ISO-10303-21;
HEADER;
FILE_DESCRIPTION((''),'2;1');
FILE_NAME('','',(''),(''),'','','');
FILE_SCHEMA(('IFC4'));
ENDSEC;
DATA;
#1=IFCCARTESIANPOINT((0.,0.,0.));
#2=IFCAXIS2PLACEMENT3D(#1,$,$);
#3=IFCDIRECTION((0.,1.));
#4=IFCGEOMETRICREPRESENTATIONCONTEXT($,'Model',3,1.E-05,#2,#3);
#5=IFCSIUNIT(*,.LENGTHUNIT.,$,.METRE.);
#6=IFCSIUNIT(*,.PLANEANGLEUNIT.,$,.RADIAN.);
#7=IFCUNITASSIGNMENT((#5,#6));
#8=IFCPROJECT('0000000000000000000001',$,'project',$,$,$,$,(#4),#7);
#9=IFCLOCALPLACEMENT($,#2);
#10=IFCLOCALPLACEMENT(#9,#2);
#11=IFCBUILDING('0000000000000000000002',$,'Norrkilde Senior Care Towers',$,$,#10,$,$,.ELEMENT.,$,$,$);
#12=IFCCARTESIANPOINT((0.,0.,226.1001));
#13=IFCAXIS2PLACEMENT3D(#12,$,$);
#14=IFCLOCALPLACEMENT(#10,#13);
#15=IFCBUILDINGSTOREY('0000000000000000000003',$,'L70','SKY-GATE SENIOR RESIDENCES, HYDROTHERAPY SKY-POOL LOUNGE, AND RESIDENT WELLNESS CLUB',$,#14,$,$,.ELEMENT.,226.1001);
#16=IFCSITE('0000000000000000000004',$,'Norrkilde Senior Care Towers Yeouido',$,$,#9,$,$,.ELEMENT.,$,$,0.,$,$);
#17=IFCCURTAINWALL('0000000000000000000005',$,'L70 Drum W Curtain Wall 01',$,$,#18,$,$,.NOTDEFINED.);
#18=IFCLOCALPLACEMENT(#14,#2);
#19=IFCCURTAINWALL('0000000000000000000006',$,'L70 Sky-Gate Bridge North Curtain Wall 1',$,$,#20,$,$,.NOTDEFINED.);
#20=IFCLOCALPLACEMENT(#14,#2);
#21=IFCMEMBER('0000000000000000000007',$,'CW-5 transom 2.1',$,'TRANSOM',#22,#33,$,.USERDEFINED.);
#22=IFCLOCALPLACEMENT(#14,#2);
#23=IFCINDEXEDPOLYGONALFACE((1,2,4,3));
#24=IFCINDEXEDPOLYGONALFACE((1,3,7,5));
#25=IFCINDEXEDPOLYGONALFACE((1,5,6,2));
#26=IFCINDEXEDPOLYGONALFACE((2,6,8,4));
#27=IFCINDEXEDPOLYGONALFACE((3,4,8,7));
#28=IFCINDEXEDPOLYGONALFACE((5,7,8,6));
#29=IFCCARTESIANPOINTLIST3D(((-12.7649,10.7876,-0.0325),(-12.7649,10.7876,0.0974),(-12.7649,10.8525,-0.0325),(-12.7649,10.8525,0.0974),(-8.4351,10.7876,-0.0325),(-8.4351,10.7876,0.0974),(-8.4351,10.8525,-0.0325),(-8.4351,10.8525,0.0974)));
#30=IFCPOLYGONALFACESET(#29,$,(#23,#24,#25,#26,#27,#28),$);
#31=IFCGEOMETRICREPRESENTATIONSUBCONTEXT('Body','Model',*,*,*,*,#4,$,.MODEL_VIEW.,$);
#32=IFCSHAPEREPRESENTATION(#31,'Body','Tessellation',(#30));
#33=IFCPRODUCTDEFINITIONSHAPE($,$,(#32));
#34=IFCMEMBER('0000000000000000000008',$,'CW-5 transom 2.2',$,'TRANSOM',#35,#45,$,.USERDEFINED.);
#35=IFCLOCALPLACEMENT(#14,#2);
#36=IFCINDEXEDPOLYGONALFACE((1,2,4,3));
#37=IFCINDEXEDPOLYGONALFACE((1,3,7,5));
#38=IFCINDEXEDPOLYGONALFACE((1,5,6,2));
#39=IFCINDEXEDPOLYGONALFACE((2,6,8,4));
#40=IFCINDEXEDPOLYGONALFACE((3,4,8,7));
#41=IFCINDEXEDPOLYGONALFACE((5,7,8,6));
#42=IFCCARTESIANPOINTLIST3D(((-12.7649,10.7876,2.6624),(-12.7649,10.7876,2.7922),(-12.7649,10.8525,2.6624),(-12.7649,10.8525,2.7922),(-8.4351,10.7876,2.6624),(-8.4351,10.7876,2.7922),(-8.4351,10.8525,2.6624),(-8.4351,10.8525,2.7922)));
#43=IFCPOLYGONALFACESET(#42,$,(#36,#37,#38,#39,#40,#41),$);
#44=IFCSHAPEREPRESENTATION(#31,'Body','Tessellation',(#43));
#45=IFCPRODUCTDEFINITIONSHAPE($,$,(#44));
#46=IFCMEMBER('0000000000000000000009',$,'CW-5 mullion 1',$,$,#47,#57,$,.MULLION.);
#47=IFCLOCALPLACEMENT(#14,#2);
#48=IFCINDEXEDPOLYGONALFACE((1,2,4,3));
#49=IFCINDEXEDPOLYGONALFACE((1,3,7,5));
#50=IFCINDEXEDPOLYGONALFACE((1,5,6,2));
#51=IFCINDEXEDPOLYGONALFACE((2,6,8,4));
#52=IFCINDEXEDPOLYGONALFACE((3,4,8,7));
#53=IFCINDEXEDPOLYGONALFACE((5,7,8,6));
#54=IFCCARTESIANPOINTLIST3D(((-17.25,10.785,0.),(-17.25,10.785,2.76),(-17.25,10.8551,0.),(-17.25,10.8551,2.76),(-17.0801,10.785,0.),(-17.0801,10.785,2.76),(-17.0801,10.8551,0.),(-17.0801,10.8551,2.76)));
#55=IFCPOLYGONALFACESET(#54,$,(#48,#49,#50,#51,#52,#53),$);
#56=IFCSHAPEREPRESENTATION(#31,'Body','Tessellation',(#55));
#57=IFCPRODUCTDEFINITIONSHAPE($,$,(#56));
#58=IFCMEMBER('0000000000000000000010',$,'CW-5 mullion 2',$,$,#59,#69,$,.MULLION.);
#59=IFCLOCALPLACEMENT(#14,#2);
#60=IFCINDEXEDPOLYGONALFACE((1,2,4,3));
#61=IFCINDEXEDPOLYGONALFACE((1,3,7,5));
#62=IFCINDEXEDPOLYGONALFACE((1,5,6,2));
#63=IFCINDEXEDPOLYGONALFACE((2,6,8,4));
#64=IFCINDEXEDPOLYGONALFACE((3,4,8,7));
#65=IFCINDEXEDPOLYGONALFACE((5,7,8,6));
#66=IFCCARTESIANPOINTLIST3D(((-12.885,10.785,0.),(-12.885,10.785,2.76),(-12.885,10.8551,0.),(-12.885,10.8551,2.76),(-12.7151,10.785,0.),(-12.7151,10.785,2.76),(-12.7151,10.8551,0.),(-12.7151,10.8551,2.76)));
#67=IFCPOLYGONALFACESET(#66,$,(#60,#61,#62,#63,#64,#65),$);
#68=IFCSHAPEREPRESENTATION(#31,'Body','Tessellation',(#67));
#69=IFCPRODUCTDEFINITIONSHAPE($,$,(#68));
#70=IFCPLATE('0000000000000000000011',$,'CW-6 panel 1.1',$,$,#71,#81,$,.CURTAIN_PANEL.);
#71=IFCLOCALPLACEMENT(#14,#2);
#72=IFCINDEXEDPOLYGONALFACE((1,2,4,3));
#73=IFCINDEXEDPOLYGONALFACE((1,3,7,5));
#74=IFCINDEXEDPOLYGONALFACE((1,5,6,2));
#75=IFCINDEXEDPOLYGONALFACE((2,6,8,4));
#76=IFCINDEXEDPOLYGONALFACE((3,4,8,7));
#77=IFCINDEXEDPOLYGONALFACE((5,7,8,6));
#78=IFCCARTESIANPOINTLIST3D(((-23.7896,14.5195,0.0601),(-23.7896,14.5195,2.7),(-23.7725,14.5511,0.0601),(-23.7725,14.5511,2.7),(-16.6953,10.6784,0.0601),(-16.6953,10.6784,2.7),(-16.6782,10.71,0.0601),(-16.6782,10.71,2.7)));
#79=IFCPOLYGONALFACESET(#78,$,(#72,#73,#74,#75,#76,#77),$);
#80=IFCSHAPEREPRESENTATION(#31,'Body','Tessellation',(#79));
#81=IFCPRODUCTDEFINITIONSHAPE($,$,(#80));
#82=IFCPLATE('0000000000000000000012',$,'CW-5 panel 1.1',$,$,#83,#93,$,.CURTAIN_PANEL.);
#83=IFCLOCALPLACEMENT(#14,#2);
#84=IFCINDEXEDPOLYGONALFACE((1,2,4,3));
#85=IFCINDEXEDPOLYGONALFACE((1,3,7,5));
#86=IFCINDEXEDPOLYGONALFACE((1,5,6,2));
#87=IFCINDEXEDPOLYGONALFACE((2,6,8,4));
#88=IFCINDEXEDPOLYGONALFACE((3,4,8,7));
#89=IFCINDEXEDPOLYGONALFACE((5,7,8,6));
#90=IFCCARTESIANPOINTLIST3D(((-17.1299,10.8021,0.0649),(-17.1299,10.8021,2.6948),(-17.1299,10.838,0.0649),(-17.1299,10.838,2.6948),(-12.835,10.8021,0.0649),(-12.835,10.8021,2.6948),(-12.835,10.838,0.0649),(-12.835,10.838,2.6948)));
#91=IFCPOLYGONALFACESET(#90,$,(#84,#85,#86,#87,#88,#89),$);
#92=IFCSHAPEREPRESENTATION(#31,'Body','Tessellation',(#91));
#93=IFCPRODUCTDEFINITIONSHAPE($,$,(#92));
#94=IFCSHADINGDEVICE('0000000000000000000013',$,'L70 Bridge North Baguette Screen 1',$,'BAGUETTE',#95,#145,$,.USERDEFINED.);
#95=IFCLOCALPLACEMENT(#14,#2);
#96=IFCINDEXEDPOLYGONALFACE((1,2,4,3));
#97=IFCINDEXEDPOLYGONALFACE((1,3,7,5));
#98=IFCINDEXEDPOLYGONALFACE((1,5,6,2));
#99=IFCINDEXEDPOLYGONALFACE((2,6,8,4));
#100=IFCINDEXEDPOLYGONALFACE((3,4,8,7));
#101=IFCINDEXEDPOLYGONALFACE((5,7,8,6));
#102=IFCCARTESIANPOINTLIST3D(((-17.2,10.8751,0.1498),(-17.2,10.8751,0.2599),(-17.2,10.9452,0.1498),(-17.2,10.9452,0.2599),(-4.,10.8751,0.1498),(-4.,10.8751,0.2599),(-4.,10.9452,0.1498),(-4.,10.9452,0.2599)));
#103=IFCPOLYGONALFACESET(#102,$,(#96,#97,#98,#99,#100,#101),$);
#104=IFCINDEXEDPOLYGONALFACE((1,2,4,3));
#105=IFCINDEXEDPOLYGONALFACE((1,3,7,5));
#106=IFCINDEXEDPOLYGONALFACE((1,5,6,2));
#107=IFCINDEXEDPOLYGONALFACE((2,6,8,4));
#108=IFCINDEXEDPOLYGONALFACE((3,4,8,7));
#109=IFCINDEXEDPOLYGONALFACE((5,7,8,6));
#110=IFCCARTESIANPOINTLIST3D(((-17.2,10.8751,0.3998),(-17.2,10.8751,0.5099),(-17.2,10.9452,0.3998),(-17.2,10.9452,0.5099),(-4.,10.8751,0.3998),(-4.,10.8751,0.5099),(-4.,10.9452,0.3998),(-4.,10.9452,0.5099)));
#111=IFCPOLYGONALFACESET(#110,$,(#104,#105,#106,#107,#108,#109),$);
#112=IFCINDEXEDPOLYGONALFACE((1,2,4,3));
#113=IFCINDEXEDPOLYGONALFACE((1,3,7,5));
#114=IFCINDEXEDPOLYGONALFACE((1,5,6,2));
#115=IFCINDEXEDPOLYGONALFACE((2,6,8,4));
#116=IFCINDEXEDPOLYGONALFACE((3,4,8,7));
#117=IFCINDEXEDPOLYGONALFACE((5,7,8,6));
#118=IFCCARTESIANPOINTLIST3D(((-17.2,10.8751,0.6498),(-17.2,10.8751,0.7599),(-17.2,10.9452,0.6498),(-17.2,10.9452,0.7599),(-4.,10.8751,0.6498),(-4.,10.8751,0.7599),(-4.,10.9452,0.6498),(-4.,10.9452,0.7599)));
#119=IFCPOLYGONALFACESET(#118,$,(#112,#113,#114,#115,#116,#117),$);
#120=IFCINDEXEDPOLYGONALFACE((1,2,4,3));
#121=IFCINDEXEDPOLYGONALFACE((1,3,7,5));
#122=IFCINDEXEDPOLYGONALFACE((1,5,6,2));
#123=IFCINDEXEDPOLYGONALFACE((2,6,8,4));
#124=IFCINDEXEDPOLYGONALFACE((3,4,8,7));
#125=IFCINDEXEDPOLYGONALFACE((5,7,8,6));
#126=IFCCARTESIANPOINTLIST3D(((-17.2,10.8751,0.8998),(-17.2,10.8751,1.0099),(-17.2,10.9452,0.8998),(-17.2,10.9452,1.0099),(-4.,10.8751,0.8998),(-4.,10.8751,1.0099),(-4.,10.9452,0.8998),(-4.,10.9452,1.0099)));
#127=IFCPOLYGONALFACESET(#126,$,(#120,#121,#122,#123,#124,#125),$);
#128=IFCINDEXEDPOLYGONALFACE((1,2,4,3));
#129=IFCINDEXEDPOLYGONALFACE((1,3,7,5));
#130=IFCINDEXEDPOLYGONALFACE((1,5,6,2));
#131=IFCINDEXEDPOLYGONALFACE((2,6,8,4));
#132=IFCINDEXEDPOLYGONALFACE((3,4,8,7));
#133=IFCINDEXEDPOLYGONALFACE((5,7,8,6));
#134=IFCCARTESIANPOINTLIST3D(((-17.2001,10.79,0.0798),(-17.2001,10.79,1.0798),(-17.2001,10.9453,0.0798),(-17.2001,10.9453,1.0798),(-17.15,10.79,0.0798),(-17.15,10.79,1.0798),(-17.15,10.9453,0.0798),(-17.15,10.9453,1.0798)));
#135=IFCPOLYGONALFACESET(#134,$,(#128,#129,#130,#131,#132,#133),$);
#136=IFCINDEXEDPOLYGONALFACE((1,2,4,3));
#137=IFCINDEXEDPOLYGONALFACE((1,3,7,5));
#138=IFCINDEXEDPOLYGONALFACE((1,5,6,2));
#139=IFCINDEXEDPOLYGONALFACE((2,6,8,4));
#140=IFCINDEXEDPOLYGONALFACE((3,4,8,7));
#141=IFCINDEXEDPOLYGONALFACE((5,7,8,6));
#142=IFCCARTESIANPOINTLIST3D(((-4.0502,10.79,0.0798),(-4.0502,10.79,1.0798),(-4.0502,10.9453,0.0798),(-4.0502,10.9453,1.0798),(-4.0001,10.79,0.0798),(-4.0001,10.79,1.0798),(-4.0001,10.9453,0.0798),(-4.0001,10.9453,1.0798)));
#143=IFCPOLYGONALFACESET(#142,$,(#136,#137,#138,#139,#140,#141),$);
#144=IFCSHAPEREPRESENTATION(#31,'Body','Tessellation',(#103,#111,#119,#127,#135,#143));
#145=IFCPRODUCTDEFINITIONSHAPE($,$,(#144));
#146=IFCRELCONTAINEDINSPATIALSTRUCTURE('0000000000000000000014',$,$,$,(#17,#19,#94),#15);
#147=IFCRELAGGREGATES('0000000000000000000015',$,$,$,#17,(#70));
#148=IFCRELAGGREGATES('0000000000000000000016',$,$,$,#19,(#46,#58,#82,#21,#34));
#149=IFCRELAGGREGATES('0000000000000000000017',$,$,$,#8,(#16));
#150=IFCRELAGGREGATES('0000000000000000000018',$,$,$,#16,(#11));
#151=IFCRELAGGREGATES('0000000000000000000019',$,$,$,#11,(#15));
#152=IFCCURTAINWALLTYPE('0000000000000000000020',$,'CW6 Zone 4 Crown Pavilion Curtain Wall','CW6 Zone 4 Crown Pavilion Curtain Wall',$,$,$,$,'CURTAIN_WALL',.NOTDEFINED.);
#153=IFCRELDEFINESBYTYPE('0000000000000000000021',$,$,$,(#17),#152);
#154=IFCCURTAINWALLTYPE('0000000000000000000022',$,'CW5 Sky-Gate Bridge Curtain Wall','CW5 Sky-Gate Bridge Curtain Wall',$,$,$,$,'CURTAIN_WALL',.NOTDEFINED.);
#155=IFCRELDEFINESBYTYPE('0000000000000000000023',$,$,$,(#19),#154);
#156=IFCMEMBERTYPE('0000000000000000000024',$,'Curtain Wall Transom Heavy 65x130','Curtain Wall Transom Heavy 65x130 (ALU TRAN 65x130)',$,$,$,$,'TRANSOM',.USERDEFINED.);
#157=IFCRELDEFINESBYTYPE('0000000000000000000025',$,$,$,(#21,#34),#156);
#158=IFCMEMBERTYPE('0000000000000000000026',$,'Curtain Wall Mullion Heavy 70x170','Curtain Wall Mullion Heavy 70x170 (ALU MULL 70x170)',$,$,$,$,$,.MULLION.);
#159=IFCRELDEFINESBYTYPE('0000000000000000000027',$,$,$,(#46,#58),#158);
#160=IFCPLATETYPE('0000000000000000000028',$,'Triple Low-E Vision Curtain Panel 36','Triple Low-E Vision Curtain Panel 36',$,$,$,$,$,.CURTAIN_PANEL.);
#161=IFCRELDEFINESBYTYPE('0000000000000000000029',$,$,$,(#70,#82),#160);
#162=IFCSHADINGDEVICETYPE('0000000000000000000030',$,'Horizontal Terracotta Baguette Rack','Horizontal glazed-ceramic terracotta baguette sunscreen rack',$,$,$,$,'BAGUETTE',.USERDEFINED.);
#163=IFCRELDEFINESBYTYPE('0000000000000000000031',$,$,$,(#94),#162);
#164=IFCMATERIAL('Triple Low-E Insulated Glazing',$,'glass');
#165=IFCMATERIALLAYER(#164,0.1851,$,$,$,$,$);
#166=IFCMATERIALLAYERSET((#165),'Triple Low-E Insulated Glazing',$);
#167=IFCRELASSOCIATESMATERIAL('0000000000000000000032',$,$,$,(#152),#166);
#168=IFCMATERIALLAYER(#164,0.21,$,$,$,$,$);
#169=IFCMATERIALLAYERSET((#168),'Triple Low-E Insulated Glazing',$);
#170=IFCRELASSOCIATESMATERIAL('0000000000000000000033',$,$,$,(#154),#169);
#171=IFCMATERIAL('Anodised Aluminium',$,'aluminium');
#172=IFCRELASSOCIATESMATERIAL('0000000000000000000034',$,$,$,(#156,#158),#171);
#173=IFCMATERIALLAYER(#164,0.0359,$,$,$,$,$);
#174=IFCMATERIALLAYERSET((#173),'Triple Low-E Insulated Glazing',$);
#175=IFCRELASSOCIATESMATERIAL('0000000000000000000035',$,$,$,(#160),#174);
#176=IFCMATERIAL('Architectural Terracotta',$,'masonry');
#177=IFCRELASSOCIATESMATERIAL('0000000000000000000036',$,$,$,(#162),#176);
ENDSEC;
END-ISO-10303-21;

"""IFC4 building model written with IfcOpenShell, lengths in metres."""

from ifc_helpers import new_model, si_unit, direction, frame, origin, origin_2d, place, context, subcontext, project, spatial, rectangle, extrude, source, transform, mapped, material, layer, layer_set, material_profile, profile_set, type_object, type_shapes, element, aggregate, save


model = new_model("IFC4")

# Units and contexts
model_context = context("Model", 3, precision=1e-05, world=origin(), true_north=direction((0.0, 1.0)))
body_context = subcontext(model_context, "Body", "Model", "MODEL_VIEW")
ifc_project = project(units=[si_unit("LENGTHUNIT", "METRE"), si_unit("PLANEANGLEUNIT", "RADIAN")], contexts=[model_context])

# Site, building, storey
site_placement = place(None, origin())
site = spatial("IfcSite", under=ifc_project, at=site_placement, Name="Norrkilde Senior Care Towers Yeouido", CompositionType="ELEMENT", RefElevation=0.0)
building_placement = place(site_placement, origin())
building = spatial("IfcBuilding", under=site, at=building_placement, Name="Norrkilde Senior Care Towers", CompositionType="ELEMENT")
storey_placement = place(building_placement, frame((0.0, 0.0, 226.1001)))
storey = spatial("IfcBuildingStorey", under=building, at=storey_placement, Name="L70", Description="SKY-GATE SENIOR RESIDENCES, HYDROTHERAPY SKY-POOL LOUNGE, AND RESIDENT WELLNESS CLUB", CompositionType="ELEMENT", Elevation=226.1001)

# Curtain walls, members
ifc_material_1 = material(Name="Triple Low-E Insulated Glazing", Category="glass")
ifc_layer_1 = layer(ifc_material_1, 0.1851)
ifc_layer_set_1 = layer_set([ifc_layer_1], Name="Triple Low-E Insulated Glazing")
curtain_wall_type_1 = type_object("IfcCurtainWallType", Name="CW6 Zone 4 Crown Pavilion Curtain Wall", Description="CW6 Zone 4 Crown Pavilion Curtain Wall", ElementType="CURTAIN_WALL", PredefinedType="NOTDEFINED", material=ifc_layer_set_1)
curtain_wall_1_placement = place(storey_placement, origin())
curtain_wall_1 = element("IfcCurtainWall", 1, at=curtain_wall_1_placement, inside=storey, type_object=curtain_wall_type_1, Name="L70 Drum W Curtain Wall 01", PredefinedType="NOTDEFINED")
ifc_material_2 = material(Name="Anodised Aluminium", Category="aluminium")
ifc_layer_2 = layer(ifc_material_1, 0.21)
ifc_layer_set_2 = layer_set([ifc_layer_2], Name="Triple Low-E Insulated Glazing")
curtain_wall_type_2 = type_object("IfcCurtainWallType", Name="CW5 Sky-Gate Bridge Curtain Wall", Description="CW5 Sky-Gate Bridge Curtain Wall", ElementType="CURTAIN_WALL", PredefinedType="NOTDEFINED", material=ifc_layer_set_2)
curtain_wall_2_placement = place(storey_placement, origin())
curtain_wall_2 = element("IfcCurtainWall", 2, at=curtain_wall_2_placement, inside=storey, type_object=curtain_wall_type_2, Name="L70 Sky-Gate Bridge North Curtain Wall 1", PredefinedType="NOTDEFINED")
ifc_material_profile_1 = material_profile(ifc_material_2, rectangle(XDim=0.0649, YDim=0.1299, at=origin_2d()), Name="ALU TRAN 65x130")
ifc_profile_set_1 = profile_set([ifc_material_profile_1], Name="Anodised Aluminium")
member_type_1 = type_object("IfcMemberType", Name="Curtain Wall Transom Heavy 65x130", Description="Curtain Wall Transom Heavy 65x130 (ALU TRAN 65x130)", ElementType="TRANSOM", PredefinedType="USERDEFINED", material=ifc_profile_set_1)
shared_shape_1 = source(origin(), body_context, "Body", "SweptSolid", [
    extrude(rectangle(XDim=0.0649, YDim=0.1299, at=origin_2d()), origin(), (0.0, 0.0, 1.0), 4.3298),
])
member_1_placement = place(storey_placement, frame((-12.7649, 10.8201, 0.0325), z_axis=(1.0, 0.0, 0.0), x_axis=(0.0, 1.0, 0.0)))
member_1 = element("IfcMember", 3, at=member_1_placement, type_object=member_type_1, Name="CW-5 transom 2.1", ObjectType="TRANSOM", PredefinedType="USERDEFINED", context=body_context, shape_type="MappedRepresentation", body=[
    mapped(shared_shape_1, transform((0.0, 0.0, 0.0), x_axis=(1.0, 0.0, 0.0), y_axis=(0.0, 1.0, 0.0), z_axis=(0.0, 0.0, 1.0), scale=1.0)),
])
member_2_placement = place(storey_placement, frame((-12.7649, 10.8201, 2.7273), z_axis=(1.0, 0.0, 0.0), x_axis=(0.0, 1.0, 0.0)))
member_2 = element("IfcMember", 4, at=member_2_placement, type_object=member_type_1, Name="CW-5 transom 2.2", ObjectType="TRANSOM", PredefinedType="USERDEFINED", context=body_context, shape_type="MappedRepresentation", body=[
    mapped(shared_shape_1, transform((0.0, 0.0, 0.0), x_axis=(1.0, 0.0, 0.0), y_axis=(0.0, 1.0, 0.0), z_axis=(0.0, 0.0, 1.0), scale=1.0)),
])
ifc_material_profile_2 = material_profile(ifc_material_2, rectangle(XDim=0.0701, YDim=0.1699, at=origin_2d()), Name="ALU MULL 70x170")
ifc_profile_set_2 = profile_set([ifc_material_profile_2], Name="Anodised Aluminium")
member_type_2 = type_object("IfcMemberType", Name="Curtain Wall Mullion Heavy 70x170", Description="Curtain Wall Mullion Heavy 70x170 (ALU MULL 70x170)", PredefinedType="MULLION", material=ifc_profile_set_2)
shared_shape_2 = source(origin(), body_context, "Body", "SweptSolid", [
    extrude(rectangle(XDim=0.0701, YDim=0.1699, at=origin_2d()), origin(), (0.0, 0.0, 1.0), 2.76),
])
type_shapes(member_type_2, [shared_shape_2])
member_3_placement = place(storey_placement, frame((-17.165, 10.8201, 0.0), z_axis=(0.0, 0.0, 1.0), x_axis=(0.0, 1.0, 0.0)))
member_3 = element("IfcMember", 5, at=member_3_placement, type_object=member_type_2, Name="CW-5 mullion 1", PredefinedType="MULLION", context=body_context, shape_type="MappedRepresentation", body=[
    mapped(shared_shape_2, transform((0.0, 0.0, 0.0), x_axis=(1.0, 0.0, 0.0), y_axis=(0.0, 1.0, 0.0), z_axis=(0.0, 0.0, 1.0), scale=1.0)),
])
member_4_placement = place(storey_placement, frame((-12.8, 10.8201, 0.0), z_axis=(0.0, 0.0, 1.0), x_axis=(0.0, 1.0, 0.0)))
member_4 = element("IfcMember", 6, at=member_4_placement, type_object=member_type_2, Name="CW-5 mullion 2", PredefinedType="MULLION", context=body_context, shape_type="MappedRepresentation", body=[
    mapped(shared_shape_2, transform((0.0, 0.0, 0.0), x_axis=(1.0, 0.0, 0.0), y_axis=(0.0, 1.0, 0.0), z_axis=(0.0, 0.0, 1.0), scale=1.0)),
])

# Plates
ifc_layer_3 = layer(ifc_material_1, 0.0359)
ifc_layer_set_3 = layer_set([ifc_layer_3], Name="Triple Low-E Insulated Glazing")
plate_type = type_object("IfcPlateType", Name="Triple Low-E Vision Curtain Panel 36", Description="Triple Low-E Vision Curtain Panel 36", PredefinedType="CURTAIN_PANEL", material=ifc_layer_set_3)
shared_shape_3 = source(origin(), body_context, "Body", "SweptSolid", [
    extrude(rectangle(XDim=8.0674, YDim=0.0359, at=origin_2d()), origin(), (0.0, 0.0, 1.0), 2.6399),
])
plate_1_placement = place(storey_placement, frame((-20.2339, 12.6147, 0.0601), z_axis=(0.0, 0.0, 1.0), x_axis=(0.879373, -0.476133, 0.0)))
plate_1 = element("IfcPlate", 7, at=plate_1_placement, type_object=plate_type, Name="CW-6 panel 1.1", PredefinedType="CURTAIN_PANEL", context=body_context, shape_type="MappedRepresentation", body=[
    mapped(shared_shape_3, transform((0.0, 0.0, 0.0), x_axis=(1.0, 0.0, 0.0), y_axis=(0.0, 1.0, 0.0), z_axis=(0.0, 0.0, 1.0), scale=1.0)),
])
aggregate(curtain_wall_1, [plate_1])
shared_shape_4 = source(origin(), body_context, "Body", "SweptSolid", [
    extrude(rectangle(XDim=4.2949, YDim=0.0359, at=origin_2d()), origin(), (0.0, 0.0, 1.0), 2.6299),
])
type_shapes(plate_type, [shared_shape_3, shared_shape_4])
plate_2_placement = place(storey_placement, frame((-14.9824, 10.8201, 0.0649), z_axis=(0.0, 0.0, 1.0), x_axis=(1.0, 0.0, 0.0)))
plate_2 = element("IfcPlate", 8, at=plate_2_placement, type_object=plate_type, Name="CW-5 panel 1.1", PredefinedType="CURTAIN_PANEL", context=body_context, shape_type="MappedRepresentation", body=[
    mapped(shared_shape_4, transform((0.0, 0.0, 0.0), x_axis=(1.0, 0.0, 0.0), y_axis=(0.0, 1.0, 0.0), z_axis=(0.0, 0.0, 1.0), scale=1.0)),
])
aggregate(curtain_wall_2, [member_3, member_4, plate_2, member_1, member_2])

# Shading device
ifc_material_3 = material(Name="Architectural Terracotta", Category="masonry")
shading_device_type = type_object("IfcShadingDeviceType", Name="Horizontal Terracotta Baguette Rack", Description="Horizontal glazed-ceramic terracotta baguette sunscreen rack", ElementType="BAGUETTE", PredefinedType="USERDEFINED", material=ifc_material_3)
shared_shape_5 = source(origin(), body_context, "Body", "SweptSolid", [
    extrude(rectangle(XDim=0.0701, YDim=0.1101, at=origin_2d()), frame((0.0, 0.0901, 0.125), z_axis=(1.0, 0.0, 0.0), x_axis=(0.0, 1.0, 0.0)), (0.0, 0.0, 1.0), 13.2),
    extrude(rectangle(XDim=0.0701, YDim=0.1101, at=origin_2d()), frame((0.0, 0.0901, 0.375), z_axis=(1.0, 0.0, 0.0), x_axis=(0.0, 1.0, 0.0)), (0.0, 0.0, 1.0), 13.2),
    extrude(rectangle(XDim=0.0701, YDim=0.1101, at=origin_2d()), frame((0.0, 0.0901, 0.625), z_axis=(1.0, 0.0, 0.0), x_axis=(0.0, 1.0, 0.0)), (0.0, 0.0, 1.0), 13.2),
    extrude(rectangle(XDim=0.0701, YDim=0.1101, at=origin_2d()), frame((0.0, 0.0901, 0.875), z_axis=(1.0, 0.0, 0.0), x_axis=(0.0, 1.0, 0.0)), (0.0, 0.0, 1.0), 13.2),
    extrude(rectangle(XDim=0.05, YDim=0.1553, at=origin_2d()), frame((0.0249, 0.0476, 0.0)), (0.0, 0.0, 1.0), 1.0),
    extrude(rectangle(XDim=0.05, YDim=0.1553, at=origin_2d()), frame((13.1748, 0.0476, 0.0)), (0.0, 0.0, 1.0), 1.0),
])
type_shapes(shading_device_type, [shared_shape_5])
shading_device_placement = place(storey_placement, frame((-17.2, 10.8201, 0.0798), z_axis=(0.0, 0.0, 1.0), x_axis=(1.0, 0.0, 0.0)))
element("IfcShadingDevice", 9, at=shading_device_placement, inside=storey, type_object=shading_device_type, Name="L70 Bridge North Baguette Screen 1", ObjectType="BAGUETTE", PredefinedType="USERDEFINED", context=body_context, shape_type="MappedRepresentation", body=[
    mapped(shared_shape_5, transform((0.0, 0.0, 0.0), x_axis=(1.0, 0.0, 0.0), y_axis=(0.0, 1.0, 0.0), z_axis=(0.0, 0.0, 1.0), scale=1.0)),
])

save(model, "model.ifc")
